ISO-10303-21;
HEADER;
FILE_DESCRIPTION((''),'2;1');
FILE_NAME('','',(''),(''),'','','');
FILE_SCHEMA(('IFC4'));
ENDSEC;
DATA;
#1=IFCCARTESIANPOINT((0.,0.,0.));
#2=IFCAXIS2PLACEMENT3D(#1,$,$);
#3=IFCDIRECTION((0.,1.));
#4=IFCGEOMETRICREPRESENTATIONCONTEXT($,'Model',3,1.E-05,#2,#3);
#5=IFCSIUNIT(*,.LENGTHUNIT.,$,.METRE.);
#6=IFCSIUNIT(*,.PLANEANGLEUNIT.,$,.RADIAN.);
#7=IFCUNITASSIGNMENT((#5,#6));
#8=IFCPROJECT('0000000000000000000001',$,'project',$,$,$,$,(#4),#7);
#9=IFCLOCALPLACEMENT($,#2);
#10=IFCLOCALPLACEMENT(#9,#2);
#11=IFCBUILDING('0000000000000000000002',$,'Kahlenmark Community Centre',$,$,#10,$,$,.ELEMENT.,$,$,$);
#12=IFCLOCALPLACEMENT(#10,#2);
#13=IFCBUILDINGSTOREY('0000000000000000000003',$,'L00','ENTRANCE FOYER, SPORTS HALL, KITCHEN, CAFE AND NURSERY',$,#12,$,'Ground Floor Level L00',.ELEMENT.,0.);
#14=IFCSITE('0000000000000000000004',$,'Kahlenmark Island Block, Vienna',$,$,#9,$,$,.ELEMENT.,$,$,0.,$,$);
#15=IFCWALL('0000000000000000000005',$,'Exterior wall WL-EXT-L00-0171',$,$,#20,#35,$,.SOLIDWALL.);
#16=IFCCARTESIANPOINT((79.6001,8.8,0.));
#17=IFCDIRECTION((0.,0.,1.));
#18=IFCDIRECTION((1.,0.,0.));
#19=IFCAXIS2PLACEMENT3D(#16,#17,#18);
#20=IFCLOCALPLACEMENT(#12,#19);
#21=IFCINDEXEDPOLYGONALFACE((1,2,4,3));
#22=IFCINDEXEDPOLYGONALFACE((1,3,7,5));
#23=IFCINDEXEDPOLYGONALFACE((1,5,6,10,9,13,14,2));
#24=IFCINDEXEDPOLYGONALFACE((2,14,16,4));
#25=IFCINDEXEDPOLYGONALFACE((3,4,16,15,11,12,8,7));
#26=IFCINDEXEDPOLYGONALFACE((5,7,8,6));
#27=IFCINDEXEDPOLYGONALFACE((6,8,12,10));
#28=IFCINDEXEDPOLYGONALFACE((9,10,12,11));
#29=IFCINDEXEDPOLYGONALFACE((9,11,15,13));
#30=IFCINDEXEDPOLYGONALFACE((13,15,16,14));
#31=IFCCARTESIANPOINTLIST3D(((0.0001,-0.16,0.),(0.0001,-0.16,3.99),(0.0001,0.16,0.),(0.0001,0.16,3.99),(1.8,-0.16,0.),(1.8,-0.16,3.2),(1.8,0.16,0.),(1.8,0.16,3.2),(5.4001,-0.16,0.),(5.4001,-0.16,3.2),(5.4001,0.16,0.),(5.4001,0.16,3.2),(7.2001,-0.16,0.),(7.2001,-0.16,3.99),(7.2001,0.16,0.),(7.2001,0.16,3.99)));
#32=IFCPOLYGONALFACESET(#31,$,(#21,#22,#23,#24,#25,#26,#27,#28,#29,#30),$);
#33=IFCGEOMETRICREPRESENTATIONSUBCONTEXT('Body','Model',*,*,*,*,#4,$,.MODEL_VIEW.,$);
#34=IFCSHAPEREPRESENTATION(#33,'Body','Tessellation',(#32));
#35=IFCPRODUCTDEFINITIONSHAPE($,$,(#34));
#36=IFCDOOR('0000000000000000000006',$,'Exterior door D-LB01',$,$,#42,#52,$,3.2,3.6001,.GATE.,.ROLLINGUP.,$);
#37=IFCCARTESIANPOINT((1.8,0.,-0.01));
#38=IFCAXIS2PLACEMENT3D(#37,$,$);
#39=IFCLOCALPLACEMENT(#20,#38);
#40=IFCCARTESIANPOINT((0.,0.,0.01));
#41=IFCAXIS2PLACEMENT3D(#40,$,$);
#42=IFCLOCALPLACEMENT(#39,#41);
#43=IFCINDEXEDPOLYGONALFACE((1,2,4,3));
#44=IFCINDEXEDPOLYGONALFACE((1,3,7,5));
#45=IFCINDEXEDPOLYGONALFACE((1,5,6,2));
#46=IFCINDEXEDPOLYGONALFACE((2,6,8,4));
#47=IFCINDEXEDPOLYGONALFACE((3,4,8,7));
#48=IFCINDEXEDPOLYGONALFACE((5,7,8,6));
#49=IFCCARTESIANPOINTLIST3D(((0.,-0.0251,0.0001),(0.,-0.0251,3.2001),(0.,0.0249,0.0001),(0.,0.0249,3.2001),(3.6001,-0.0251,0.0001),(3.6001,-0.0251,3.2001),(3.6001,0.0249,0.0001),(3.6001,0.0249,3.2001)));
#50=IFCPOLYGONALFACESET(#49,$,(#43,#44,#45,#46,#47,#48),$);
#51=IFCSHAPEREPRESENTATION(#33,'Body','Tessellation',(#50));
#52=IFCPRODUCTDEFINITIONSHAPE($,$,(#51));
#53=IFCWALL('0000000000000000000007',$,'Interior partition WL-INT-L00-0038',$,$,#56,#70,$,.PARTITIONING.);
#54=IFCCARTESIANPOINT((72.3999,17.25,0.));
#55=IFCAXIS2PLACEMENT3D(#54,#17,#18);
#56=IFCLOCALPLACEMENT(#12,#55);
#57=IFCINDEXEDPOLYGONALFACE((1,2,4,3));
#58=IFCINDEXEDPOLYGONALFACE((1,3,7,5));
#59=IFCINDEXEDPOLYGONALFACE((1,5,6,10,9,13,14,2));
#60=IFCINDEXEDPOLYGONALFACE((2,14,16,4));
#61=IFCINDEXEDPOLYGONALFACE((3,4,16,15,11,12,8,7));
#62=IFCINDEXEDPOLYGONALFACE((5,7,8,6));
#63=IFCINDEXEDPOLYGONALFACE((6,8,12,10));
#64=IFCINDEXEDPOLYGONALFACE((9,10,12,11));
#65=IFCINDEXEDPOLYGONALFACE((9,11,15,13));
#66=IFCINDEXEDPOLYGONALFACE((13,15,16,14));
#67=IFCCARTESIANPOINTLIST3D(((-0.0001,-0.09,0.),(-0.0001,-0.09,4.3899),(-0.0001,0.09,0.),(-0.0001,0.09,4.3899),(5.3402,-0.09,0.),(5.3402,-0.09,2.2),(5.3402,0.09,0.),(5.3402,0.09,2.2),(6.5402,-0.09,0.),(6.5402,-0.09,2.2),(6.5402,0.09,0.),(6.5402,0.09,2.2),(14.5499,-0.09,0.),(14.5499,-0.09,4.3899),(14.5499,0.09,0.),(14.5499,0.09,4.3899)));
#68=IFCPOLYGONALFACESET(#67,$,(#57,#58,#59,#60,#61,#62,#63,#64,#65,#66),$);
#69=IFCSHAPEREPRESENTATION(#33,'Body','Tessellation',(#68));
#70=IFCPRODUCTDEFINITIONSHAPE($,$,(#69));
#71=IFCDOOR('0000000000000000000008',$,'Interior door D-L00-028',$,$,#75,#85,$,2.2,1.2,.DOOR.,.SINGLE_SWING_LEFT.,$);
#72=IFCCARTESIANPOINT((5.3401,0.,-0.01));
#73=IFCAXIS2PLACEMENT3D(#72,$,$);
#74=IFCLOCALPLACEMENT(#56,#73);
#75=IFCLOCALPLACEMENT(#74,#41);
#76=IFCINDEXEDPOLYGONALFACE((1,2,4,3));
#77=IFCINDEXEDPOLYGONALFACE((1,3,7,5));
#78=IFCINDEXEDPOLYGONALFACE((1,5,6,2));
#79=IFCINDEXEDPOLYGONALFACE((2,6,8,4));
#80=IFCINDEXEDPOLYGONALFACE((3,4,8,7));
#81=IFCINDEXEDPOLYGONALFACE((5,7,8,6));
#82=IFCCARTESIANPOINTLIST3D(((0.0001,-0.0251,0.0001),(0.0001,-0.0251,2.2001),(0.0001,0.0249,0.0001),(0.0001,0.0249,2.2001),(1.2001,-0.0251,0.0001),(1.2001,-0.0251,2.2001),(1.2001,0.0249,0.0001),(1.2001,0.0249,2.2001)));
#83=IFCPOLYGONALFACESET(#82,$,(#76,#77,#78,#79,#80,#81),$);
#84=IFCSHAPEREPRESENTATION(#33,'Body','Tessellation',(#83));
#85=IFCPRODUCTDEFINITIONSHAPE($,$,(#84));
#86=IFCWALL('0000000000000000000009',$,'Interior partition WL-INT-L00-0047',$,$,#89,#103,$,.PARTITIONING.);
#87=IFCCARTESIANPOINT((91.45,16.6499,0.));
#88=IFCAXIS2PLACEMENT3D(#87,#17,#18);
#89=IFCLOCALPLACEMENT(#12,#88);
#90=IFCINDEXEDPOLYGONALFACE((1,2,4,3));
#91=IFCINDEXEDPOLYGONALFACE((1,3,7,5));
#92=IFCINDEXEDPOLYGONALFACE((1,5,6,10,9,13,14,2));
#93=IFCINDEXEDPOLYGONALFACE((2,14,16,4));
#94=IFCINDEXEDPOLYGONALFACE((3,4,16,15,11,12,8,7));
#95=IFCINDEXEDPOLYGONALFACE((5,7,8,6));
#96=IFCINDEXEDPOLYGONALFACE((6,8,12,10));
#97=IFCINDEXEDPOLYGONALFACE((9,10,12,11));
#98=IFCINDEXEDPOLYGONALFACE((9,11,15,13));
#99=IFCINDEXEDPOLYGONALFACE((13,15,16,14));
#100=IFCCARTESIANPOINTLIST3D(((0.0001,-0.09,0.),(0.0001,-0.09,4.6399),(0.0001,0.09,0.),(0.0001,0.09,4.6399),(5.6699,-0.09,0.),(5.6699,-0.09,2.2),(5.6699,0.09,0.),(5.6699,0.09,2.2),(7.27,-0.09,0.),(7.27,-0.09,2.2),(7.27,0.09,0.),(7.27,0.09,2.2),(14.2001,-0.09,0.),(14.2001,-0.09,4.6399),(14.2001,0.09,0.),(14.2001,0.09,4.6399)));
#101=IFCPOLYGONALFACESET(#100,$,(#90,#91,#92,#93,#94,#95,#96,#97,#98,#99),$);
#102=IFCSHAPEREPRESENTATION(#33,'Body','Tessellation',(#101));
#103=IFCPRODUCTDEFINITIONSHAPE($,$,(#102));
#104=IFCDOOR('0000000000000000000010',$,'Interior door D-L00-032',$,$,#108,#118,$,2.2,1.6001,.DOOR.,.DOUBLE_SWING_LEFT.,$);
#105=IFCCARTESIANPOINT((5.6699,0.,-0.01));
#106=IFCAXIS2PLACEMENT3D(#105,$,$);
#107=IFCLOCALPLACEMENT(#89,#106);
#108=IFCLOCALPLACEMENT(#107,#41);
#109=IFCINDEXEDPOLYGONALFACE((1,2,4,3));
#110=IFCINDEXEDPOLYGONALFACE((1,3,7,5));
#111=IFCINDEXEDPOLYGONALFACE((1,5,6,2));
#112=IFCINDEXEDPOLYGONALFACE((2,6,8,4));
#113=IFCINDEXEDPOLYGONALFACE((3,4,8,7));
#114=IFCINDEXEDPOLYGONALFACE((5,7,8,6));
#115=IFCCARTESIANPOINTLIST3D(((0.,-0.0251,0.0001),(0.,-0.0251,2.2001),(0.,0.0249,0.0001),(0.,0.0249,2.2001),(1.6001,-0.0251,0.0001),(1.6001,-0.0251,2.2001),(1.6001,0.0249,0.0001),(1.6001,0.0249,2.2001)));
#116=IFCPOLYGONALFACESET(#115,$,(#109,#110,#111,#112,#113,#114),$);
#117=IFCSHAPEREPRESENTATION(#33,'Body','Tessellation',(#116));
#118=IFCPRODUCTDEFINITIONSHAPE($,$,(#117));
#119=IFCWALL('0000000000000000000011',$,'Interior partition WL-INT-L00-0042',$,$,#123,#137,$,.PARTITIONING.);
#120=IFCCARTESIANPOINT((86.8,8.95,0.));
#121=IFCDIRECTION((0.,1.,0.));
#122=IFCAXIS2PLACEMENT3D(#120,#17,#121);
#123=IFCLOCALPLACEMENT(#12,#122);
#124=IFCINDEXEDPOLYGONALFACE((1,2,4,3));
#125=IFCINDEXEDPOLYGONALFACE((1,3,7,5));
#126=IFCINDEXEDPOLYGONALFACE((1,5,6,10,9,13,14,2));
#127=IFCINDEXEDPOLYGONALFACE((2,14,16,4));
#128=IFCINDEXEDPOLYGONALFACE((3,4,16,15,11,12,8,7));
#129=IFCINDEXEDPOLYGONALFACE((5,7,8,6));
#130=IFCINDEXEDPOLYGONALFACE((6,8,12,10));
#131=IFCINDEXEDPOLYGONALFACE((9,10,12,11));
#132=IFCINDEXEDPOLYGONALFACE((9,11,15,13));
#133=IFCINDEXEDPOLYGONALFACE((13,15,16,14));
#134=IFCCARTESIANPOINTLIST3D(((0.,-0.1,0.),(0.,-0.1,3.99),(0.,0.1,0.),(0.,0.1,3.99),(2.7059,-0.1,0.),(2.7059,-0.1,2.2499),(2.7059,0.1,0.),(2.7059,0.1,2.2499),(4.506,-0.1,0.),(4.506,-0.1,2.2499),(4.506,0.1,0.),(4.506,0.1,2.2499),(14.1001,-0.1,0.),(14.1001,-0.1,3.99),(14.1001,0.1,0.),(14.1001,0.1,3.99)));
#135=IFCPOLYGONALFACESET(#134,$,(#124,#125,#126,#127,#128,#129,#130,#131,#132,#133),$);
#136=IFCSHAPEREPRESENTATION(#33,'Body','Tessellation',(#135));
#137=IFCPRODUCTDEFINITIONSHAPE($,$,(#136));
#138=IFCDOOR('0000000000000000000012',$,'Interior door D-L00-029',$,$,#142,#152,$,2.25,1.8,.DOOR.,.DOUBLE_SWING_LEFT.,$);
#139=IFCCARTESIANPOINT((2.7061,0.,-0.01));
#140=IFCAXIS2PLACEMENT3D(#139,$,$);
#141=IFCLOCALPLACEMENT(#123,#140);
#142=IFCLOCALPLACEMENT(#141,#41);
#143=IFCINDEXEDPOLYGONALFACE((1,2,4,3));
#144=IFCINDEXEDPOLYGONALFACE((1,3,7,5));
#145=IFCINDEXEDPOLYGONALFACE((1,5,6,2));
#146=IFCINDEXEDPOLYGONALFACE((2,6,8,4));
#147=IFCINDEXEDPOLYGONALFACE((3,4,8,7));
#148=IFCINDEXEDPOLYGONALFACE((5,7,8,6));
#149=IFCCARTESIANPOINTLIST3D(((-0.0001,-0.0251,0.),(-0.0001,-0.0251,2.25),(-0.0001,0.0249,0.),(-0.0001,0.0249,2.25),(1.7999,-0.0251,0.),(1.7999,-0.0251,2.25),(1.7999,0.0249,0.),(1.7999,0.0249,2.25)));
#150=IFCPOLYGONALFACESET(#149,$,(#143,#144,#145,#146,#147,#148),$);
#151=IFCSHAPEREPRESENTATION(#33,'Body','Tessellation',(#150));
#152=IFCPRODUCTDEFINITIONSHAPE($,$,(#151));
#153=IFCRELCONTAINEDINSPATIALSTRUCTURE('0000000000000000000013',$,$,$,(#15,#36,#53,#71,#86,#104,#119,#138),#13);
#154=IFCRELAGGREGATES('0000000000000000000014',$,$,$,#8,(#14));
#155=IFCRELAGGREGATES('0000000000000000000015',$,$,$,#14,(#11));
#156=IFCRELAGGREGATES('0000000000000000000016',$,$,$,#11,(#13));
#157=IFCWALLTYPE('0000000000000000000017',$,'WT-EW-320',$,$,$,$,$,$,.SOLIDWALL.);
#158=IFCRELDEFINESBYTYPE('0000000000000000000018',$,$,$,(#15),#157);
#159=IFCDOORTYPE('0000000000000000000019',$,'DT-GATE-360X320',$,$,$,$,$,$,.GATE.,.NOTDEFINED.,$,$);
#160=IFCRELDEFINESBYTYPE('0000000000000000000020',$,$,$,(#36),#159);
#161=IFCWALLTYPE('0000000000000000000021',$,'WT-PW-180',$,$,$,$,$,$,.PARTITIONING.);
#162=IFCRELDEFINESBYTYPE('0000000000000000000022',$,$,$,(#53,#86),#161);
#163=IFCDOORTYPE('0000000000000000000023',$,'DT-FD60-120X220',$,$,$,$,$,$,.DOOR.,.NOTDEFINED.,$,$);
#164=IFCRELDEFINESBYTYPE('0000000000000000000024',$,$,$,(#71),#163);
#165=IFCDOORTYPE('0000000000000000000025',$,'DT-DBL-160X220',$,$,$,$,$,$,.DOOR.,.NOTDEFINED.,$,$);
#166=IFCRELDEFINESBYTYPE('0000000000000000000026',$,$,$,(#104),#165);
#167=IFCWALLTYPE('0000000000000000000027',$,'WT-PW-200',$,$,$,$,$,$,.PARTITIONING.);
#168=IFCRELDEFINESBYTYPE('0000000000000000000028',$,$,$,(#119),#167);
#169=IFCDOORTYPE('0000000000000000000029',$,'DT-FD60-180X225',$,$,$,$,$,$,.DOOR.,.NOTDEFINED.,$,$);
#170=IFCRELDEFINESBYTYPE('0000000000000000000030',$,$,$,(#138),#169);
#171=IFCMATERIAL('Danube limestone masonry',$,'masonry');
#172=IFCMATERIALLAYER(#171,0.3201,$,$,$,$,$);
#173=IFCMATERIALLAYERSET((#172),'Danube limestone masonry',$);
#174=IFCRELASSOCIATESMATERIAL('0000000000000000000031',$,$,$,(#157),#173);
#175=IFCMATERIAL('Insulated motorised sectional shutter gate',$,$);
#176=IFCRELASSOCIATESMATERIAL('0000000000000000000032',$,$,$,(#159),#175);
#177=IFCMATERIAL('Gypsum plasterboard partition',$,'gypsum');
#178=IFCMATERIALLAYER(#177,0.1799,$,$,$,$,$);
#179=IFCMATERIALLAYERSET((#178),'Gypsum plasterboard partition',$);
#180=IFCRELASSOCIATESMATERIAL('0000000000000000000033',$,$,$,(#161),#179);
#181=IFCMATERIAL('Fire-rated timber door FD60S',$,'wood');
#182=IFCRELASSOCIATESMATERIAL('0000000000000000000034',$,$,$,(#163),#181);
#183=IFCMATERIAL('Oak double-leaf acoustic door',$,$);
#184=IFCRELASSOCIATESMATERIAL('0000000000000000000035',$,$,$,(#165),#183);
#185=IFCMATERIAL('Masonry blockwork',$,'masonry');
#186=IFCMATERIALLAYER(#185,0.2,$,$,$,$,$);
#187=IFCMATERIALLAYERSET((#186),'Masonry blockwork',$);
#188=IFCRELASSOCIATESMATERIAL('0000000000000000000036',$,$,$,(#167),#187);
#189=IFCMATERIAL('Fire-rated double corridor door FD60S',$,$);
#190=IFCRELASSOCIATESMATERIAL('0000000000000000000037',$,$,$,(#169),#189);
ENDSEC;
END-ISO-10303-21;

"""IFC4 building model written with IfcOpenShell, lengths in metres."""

from ifc_helpers import new_model, si_unit, direction, frame, frame_2d, origin, place, context, subcontext, project, spatial, rectangle, extrude, material, layer, layer_set, type_object, element, fill, save


model = new_model("IFC4")

# Units and contexts
model_context = context("Model", 3, precision=1e-05, world=origin(), true_north=direction((0.0, 1.0)))
body_context = subcontext(model_context, "Body", "Model", "MODEL_VIEW")
ifc_project = project(units=[si_unit("LENGTHUNIT", "METRE"), si_unit("PLANEANGLEUNIT", "RADIAN")], contexts=[model_context])

# Site, building, storey
site_placement = place(None, origin())
site = spatial("IfcSite", under=ifc_project, at=site_placement, Name="Kahlenmark Island Block, Vienna", CompositionType="ELEMENT", RefElevation=0.0)
building_placement = place(site_placement, origin())
building = spatial("IfcBuilding", under=site, at=building_placement, Name="Kahlenmark Community Centre", CompositionType="ELEMENT")
storey_placement = place(building_placement, origin())
storey = spatial("IfcBuildingStorey", under=building, at=storey_placement, Name="L00", Description="ENTRANCE FOYER, SPORTS HALL, KITCHEN, CAFE AND NURSERY", LongName="Ground Floor Level L00", CompositionType="ELEMENT", Elevation=0.0)

# Wall, opening, door
ifc_material_1 = material(Name="Danube limestone masonry", Category="masonry")
ifc_layer_1 = layer(ifc_material_1, 0.3201)
ifc_layer_set_1 = layer_set([ifc_layer_1], Name="Danube limestone masonry")
wall_type_1 = type_object("IfcWallType", Name="WT-EW-320", PredefinedType="SOLIDWALL", material=ifc_layer_set_1)
wall_1_placement = place(storey_placement, frame((79.6001, 8.8, 0.0), z_axis=(0.0, 0.0, 1.0), x_axis=(1.0, 0.0, 0.0)))
wall_1 = element("IfcWall", 1, at=wall_1_placement, inside=storey, type_object=wall_type_1, Name="Exterior wall WL-EXT-L00-0171", PredefinedType="SOLIDWALL", context=body_context, shape_type="SweptSolid", body=[
    extrude(rectangle(XDim=7.2, YDim=0.3201, at=frame_2d((3.6001, 0.0))), origin(), (0.0, 0.0, 1.0), 3.99),
])
opening_1_placement = place(wall_1_placement, frame((1.8, 0.0, -0.01)))
opening_1 = element("IfcOpeningElement", 2, at=opening_1_placement, cuts=wall_1, PredefinedType="OPENING", context=body_context, shape_type="SweptSolid", body=[
    extrude(rectangle(XDim=3.6001, YDim=3.21, at=frame_2d((1.8, 1.605))), frame((0.0, 0.1699, 0.0), z_axis=(0.0, -1.0, 0.0), x_axis=(1.0, 0.0, 0.0)), (0.0, 0.0, 1.0), 0.3401),
])
ifc_material_2 = material(Name="Insulated motorised sectional shutter gate")
door_type_1 = type_object("IfcDoorType", Name="DT-GATE-360X320", OperationType="NOTDEFINED", PredefinedType="GATE", material=ifc_material_2)
door_1_placement = place(opening_1_placement, frame((0.0, 0.0, 0.01)))
door_1 = element("IfcDoor", 3, at=door_1_placement, inside=storey, type_object=door_type_1, Name="Exterior door D-LB01", OperationType="ROLLINGUP", OverallHeight=3.2, OverallWidth=3.6001, PredefinedType="GATE", context=body_context, shape_type="SweptSolid", body=[
    extrude(rectangle(XDim=3.6001, YDim=3.2, at=frame_2d((1.8, 1.6001))), frame((0.0, 0.0249, 0.0), z_axis=(0.0, -1.0, 0.0), x_axis=(1.0, 0.0, 0.0)), (0.0, 0.0, 1.0), 0.05),
])
fill(opening_1, door_1)

# Walls, openings, doors
ifc_material_3 = material(Name="Gypsum plasterboard partition", Category="gypsum")
ifc_layer_2 = layer(ifc_material_3, 0.1799)
ifc_layer_set_2 = layer_set([ifc_layer_2], Name="Gypsum plasterboard partition")
wall_type_2 = type_object("IfcWallType", Name="WT-PW-180", PredefinedType="PARTITIONING", material=ifc_layer_set_2)
wall_2_placement = place(storey_placement, frame((72.3999, 17.25, 0.0), z_axis=(0.0, 0.0, 1.0), x_axis=(1.0, 0.0, 0.0)))
wall_2 = element("IfcWall", 4, at=wall_2_placement, inside=storey, type_object=wall_type_2, Name="Interior partition WL-INT-L00-0038", PredefinedType="PARTITIONING", context=body_context, shape_type="SweptSolid", body=[
    extrude(rectangle(XDim=14.55, YDim=0.1799, at=frame_2d((7.2749, 0.0))), origin(), (0.0, 0.0, 1.0), 4.3899),
])
opening_2_placement = place(wall_2_placement, frame((5.3401, 0.0, -0.01)))
opening_2 = element("IfcOpeningElement", 5, at=opening_2_placement, cuts=wall_2, PredefinedType="OPENING", context=body_context, shape_type="SweptSolid", body=[
    extrude(rectangle(XDim=1.2, YDim=2.21, at=frame_2d((0.6001, 1.105))), frame((0.0, 0.0999, 0.0), z_axis=(0.0, -1.0, 0.0), x_axis=(1.0, 0.0, 0.0)), (0.0, 0.0, 1.0), 0.2),
])
ifc_material_4 = material(Name="Fire-rated timber door FD60S", Category="wood")
door_type_2 = type_object("IfcDoorType", Name="DT-FD60-120X220", OperationType="NOTDEFINED", PredefinedType="DOOR", material=ifc_material_4)
door_2_placement = place(opening_2_placement, frame((0.0, 0.0, 0.01)))
door_2 = element("IfcDoor", 6, at=door_2_placement, inside=storey, type_object=door_type_2, Name="Interior door D-L00-028", OperationType="SINGLE_SWING_LEFT", OverallHeight=2.2, OverallWidth=1.2, PredefinedType="DOOR", context=body_context, shape_type="SweptSolid", body=[
    extrude(rectangle(XDim=1.2, YDim=2.2, at=frame_2d((0.6001, 1.1001))), frame((0.0, 0.0249, 0.0), z_axis=(0.0, -1.0, 0.0), x_axis=(1.0, 0.0, 0.0)), (0.0, 0.0, 1.0), 0.05),
])
fill(opening_2, door_2)
wall_3_placement = place(storey_placement, frame((91.45, 16.6499, 0.0), z_axis=(0.0, 0.0, 1.0), x_axis=(1.0, 0.0, 0.0)))
wall_3 = element("IfcWall", 7, at=wall_3_placement, inside=storey, type_object=wall_type_2, Name="Interior partition WL-INT-L00-0047", PredefinedType="PARTITIONING", context=body_context, shape_type="SweptSolid", body=[
    extrude(rectangle(XDim=14.2, YDim=0.1799, at=frame_2d((7.1001, 0.0))), origin(), (0.0, 0.0, 1.0), 4.6399),
])
opening_3_placement = place(wall_3_placement, frame((5.6699, 0.0, -0.01)))
opening_3 = element("IfcOpeningElement", 8, at=opening_3_placement, cuts=wall_3, PredefinedType="OPENING", context=body_context, shape_type="SweptSolid", body=[
    extrude(rectangle(XDim=1.6001, YDim=2.21, at=frame_2d((0.8, 1.105))), frame((0.0, 0.0999, 0.0), z_axis=(0.0, -1.0, 0.0), x_axis=(1.0, 0.0, 0.0)), (0.0, 0.0, 1.0), 0.2),
])
ifc_material_5 = material(Name="Oak double-leaf acoustic door")
door_type_3 = type_object("IfcDoorType", Name="DT-DBL-160X220", OperationType="NOTDEFINED", PredefinedType="DOOR", material=ifc_material_5)
door_3_placement = place(opening_3_placement, frame((0.0, 0.0, 0.01)))
door_3 = element("IfcDoor", 9, at=door_3_placement, inside=storey, type_object=door_type_3, Name="Interior door D-L00-032", OperationType="DOUBLE_SWING_LEFT", OverallHeight=2.2, OverallWidth=1.6001, PredefinedType="DOOR", context=body_context, shape_type="SweptSolid", body=[
    extrude(rectangle(XDim=1.6001, YDim=2.2, at=frame_2d((0.8, 1.1001))), frame((0.0, 0.0249, 0.0), z_axis=(0.0, -1.0, 0.0), x_axis=(1.0, 0.0, 0.0)), (0.0, 0.0, 1.0), 0.05),
])
fill(opening_3, door_3)

# Shared definitions
ifc_material_6 = material(Name="Masonry blockwork", Category="masonry")
ifc_layer_3 = layer(ifc_material_6, 0.2)
ifc_layer_set_3 = layer_set([ifc_layer_3], Name="Masonry blockwork")
wall_type_3 = type_object("IfcWallType", Name="WT-PW-200", PredefinedType="PARTITIONING", material=ifc_layer_set_3)

# Wall, opening, door
wall_4_placement = place(storey_placement, frame((86.8, 8.95, 0.0), z_axis=(0.0, 0.0, 1.0), x_axis=(0.0, 1.0, 0.0)))
wall_4 = element("IfcWall", 10, at=wall_4_placement, inside=storey, type_object=wall_type_3, Name="Interior partition WL-INT-L00-0042", PredefinedType="PARTITIONING", context=body_context, shape_type="SweptSolid", body=[
    extrude(rectangle(XDim=14.1001, YDim=0.2, at=frame_2d((7.05, 0.0))), origin(), (0.0, 0.0, 1.0), 3.99),
])
opening_4_placement = place(wall_4_placement, frame((2.7061, 0.0, -0.01)))
opening_4 = element("IfcOpeningElement", 11, at=opening_4_placement, cuts=wall_4, PredefinedType="OPENING", context=body_context, shape_type="SweptSolid", body=[
    extrude(rectangle(XDim=1.8, YDim=2.26, at=frame_2d((0.8999, 1.1299))), frame((0.0, 0.1099, 0.0), z_axis=(0.0, -1.0, 0.0), x_axis=(1.0, 0.0, 0.0)), (0.0, 0.0, 1.0), 0.22),
])
ifc_material_7 = material(Name="Fire-rated double corridor door FD60S")
door_type_4 = type_object("IfcDoorType", Name="DT-FD60-180X225", OperationType="NOTDEFINED", PredefinedType="DOOR", material=ifc_material_7)
door_4_placement = place(opening_4_placement, frame((0.0, 0.0, 0.01)))
door_4 = element("IfcDoor", 12, at=door_4_placement, inside=storey, type_object=door_type_4, Name="Interior door D-L00-029", OperationType="DOUBLE_SWING_LEFT", OverallHeight=2.25, OverallWidth=1.8, PredefinedType="DOOR", context=body_context, shape_type="SweptSolid", body=[
    extrude(rectangle(XDim=1.8, YDim=2.25, at=frame_2d((0.8999, 1.125))), frame((0.0, 0.0249, 0.0), z_axis=(0.0, -1.0, 0.0), x_axis=(1.0, 0.0, 0.0)), (0.0, 0.0, 1.0), 0.05),
])
fill(opening_4, door_4)

save(model, "model.ifc")
